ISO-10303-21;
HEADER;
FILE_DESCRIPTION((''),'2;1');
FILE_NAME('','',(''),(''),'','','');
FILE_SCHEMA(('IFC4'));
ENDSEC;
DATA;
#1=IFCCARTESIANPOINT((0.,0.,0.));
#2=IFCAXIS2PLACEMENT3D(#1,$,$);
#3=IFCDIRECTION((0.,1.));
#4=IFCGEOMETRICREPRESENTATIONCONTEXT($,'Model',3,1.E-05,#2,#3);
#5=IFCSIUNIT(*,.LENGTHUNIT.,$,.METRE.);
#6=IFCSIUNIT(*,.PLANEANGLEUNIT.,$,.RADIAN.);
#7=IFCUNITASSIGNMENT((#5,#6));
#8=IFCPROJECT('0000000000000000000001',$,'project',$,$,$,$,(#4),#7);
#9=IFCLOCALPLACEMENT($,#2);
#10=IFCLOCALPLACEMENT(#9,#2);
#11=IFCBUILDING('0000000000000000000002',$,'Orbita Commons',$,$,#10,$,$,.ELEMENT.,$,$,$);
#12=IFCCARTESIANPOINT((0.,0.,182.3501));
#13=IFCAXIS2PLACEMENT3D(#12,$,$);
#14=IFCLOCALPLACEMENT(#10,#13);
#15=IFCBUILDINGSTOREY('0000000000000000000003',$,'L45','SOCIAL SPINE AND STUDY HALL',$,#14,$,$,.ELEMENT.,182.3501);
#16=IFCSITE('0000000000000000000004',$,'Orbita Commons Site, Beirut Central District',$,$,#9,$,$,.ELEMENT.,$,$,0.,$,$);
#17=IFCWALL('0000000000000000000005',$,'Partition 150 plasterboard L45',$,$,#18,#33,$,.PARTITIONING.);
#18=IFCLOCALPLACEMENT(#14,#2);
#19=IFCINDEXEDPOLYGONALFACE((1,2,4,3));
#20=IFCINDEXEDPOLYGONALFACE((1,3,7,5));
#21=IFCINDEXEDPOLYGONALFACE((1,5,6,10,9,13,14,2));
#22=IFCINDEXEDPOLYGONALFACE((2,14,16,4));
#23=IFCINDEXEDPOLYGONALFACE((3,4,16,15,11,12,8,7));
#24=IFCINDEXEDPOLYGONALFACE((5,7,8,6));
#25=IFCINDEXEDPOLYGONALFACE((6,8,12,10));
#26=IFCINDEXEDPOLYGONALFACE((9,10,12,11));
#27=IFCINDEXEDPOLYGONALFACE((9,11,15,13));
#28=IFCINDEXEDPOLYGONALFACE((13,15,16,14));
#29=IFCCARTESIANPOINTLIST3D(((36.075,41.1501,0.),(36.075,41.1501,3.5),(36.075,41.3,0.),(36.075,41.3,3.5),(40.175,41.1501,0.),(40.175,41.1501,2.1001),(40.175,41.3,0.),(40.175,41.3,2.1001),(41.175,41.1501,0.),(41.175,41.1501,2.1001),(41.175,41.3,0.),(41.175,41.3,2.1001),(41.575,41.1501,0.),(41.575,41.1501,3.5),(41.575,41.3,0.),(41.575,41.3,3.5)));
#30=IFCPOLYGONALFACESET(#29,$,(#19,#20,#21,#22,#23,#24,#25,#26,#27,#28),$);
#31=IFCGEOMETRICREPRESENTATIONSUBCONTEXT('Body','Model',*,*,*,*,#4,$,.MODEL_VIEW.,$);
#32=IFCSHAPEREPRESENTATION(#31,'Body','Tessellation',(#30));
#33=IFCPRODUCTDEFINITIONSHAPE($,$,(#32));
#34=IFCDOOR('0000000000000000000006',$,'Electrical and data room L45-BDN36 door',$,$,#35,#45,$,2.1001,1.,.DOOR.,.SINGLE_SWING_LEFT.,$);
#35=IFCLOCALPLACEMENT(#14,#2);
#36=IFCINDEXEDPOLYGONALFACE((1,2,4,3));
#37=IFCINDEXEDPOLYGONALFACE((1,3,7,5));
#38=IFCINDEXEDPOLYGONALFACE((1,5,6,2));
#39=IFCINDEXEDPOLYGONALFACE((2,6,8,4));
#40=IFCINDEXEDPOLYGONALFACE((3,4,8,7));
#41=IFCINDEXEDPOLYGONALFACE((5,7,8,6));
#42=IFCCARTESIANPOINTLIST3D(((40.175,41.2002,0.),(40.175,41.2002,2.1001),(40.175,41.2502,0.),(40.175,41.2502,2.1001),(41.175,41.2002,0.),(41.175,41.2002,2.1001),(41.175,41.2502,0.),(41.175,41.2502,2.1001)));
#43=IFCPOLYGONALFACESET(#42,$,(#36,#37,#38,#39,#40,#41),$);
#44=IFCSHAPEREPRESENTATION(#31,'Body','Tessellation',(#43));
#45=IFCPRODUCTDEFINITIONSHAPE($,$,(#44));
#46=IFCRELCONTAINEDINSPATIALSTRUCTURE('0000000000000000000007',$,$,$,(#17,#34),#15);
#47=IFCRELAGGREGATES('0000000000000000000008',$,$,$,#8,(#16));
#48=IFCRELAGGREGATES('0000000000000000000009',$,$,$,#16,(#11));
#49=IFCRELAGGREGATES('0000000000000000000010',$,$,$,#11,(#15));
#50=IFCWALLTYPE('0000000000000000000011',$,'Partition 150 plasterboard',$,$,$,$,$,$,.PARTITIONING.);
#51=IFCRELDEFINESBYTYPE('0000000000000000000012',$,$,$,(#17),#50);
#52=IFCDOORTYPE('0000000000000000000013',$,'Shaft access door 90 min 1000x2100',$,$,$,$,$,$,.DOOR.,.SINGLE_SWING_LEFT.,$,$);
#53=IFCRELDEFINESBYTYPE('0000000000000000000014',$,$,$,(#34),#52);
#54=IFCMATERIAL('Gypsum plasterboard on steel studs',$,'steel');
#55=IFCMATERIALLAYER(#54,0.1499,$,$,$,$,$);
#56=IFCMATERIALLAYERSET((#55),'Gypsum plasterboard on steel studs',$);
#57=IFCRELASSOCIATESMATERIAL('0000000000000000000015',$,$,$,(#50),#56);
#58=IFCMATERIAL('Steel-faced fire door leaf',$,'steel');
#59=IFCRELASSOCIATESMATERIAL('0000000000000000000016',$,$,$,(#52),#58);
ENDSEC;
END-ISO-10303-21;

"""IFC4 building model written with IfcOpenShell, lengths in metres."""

from ifc_helpers import new_model, si_unit, direction, frame, frame_2d, origin, place, context, subcontext, project, spatial, rectangle, extrude, material, layer, layer_set, type_object, element, fill, save


model = new_model("IFC4")

# Units and contexts
model_context = context("Model", 3, precision=1e-05, world=origin(), true_north=direction((0.0, 1.0)))
body_context = subcontext(model_context, "Body", "Model", "MODEL_VIEW")
ifc_project = project(units=[si_unit("LENGTHUNIT", "METRE"), si_unit("PLANEANGLEUNIT", "RADIAN")], contexts=[model_context])

# Site, building, storey
site_placement = place(None, origin())
site = spatial("IfcSite", under=ifc_project, at=site_placement, Name="Orbita Commons Site, Beirut Central District", CompositionType="ELEMENT", RefElevation=0.0)
building_placement = place(site_placement, origin())
building = spatial("IfcBuilding", under=site, at=building_placement, Name="Orbita Commons", CompositionType="ELEMENT")
storey_placement = place(building_placement, frame((0.0, 0.0, 182.3501)))
storey = spatial("IfcBuildingStorey", under=building, at=storey_placement, Name="L45", Description="SOCIAL SPINE AND STUDY HALL", CompositionType="ELEMENT", Elevation=182.3501)

# Wall, opening, door
ifc_material_1 = material(Name="Gypsum plasterboard on steel studs", Category="steel")
ifc_layer_1 = layer(ifc_material_1, 0.1499)
ifc_layer_set_1 = layer_set([ifc_layer_1], Name="Gypsum plasterboard on steel studs")
wall_type_1 = type_object("IfcWallType", Name="Partition 150 plasterboard", PredefinedType="PARTITIONING", material=ifc_layer_set_1)
ifc_material_2 = material(Name="Steel-faced fire door leaf", Category="steel")
door_type_1 = type_object("IfcDoorType", Name="Shaft access door 90 min 1000x2100", OperationType="SINGLE_SWING_LEFT", PredefinedType="DOOR", material=ifc_material_2)
wall_1_placement = place(storey_placement, frame((41.575, 41.2251, 0.0), z_axis=(0.0, 0.0, 1.0), x_axis=(-1.0, 0.0, 0.0)))
wall_1 = element("IfcWall", 1, at=wall_1_placement, inside=storey, type_object=wall_type_1, Name="Partition 150 plasterboard L45", PredefinedType="PARTITIONING", context=body_context, shape_type="SweptSolid", body=[
    extrude(rectangle(XDim=5.5, YDim=0.1499, at=frame_2d((2.75, 0.0))), origin(), (0.0, 0.0, 1.0), 3.5),
])
opening_1_placement = place(wall_1_placement, frame((0.3999, 0.0, 0.0)))
opening_1 = element("IfcOpeningElement", 2, at=opening_1_placement, cuts=wall_1, PredefinedType="OPENING", context=body_context, shape_type="SweptSolid", body=[
    extrude(rectangle(XDim=1.0, YDim=2.1001, at=frame_2d((0.5, 1.05))), frame((0.0, 0.085, 0.0), z_axis=(0.0, -1.0, 0.0), x_axis=(1.0, 0.0, 0.0)), (0.0, 0.0, 1.0), 0.1699),
])
door_1_placement = place(opening_1_placement, origin())
door_1 = element("IfcDoor", 3, at=door_1_placement, inside=storey, type_object=door_type_1, Name="Electrical and data room L45-BDN36 door", OperationType="SINGLE_SWING_LEFT", OverallHeight=2.1001, OverallWidth=1.0, PredefinedType="DOOR", context=body_context, shape_type="SweptSolid", body=[
    extrude(rectangle(XDim=1.0, YDim=2.1001, at=frame_2d((0.5, 1.05))), frame((0.0, 0.0249, 0.0), z_axis=(0.0, -1.0, 0.0), x_axis=(1.0, 0.0, 0.0)), (0.0, 0.0, 1.0), 0.05),
])
fill(opening_1, door_1)

save(model, "model.ifc")
